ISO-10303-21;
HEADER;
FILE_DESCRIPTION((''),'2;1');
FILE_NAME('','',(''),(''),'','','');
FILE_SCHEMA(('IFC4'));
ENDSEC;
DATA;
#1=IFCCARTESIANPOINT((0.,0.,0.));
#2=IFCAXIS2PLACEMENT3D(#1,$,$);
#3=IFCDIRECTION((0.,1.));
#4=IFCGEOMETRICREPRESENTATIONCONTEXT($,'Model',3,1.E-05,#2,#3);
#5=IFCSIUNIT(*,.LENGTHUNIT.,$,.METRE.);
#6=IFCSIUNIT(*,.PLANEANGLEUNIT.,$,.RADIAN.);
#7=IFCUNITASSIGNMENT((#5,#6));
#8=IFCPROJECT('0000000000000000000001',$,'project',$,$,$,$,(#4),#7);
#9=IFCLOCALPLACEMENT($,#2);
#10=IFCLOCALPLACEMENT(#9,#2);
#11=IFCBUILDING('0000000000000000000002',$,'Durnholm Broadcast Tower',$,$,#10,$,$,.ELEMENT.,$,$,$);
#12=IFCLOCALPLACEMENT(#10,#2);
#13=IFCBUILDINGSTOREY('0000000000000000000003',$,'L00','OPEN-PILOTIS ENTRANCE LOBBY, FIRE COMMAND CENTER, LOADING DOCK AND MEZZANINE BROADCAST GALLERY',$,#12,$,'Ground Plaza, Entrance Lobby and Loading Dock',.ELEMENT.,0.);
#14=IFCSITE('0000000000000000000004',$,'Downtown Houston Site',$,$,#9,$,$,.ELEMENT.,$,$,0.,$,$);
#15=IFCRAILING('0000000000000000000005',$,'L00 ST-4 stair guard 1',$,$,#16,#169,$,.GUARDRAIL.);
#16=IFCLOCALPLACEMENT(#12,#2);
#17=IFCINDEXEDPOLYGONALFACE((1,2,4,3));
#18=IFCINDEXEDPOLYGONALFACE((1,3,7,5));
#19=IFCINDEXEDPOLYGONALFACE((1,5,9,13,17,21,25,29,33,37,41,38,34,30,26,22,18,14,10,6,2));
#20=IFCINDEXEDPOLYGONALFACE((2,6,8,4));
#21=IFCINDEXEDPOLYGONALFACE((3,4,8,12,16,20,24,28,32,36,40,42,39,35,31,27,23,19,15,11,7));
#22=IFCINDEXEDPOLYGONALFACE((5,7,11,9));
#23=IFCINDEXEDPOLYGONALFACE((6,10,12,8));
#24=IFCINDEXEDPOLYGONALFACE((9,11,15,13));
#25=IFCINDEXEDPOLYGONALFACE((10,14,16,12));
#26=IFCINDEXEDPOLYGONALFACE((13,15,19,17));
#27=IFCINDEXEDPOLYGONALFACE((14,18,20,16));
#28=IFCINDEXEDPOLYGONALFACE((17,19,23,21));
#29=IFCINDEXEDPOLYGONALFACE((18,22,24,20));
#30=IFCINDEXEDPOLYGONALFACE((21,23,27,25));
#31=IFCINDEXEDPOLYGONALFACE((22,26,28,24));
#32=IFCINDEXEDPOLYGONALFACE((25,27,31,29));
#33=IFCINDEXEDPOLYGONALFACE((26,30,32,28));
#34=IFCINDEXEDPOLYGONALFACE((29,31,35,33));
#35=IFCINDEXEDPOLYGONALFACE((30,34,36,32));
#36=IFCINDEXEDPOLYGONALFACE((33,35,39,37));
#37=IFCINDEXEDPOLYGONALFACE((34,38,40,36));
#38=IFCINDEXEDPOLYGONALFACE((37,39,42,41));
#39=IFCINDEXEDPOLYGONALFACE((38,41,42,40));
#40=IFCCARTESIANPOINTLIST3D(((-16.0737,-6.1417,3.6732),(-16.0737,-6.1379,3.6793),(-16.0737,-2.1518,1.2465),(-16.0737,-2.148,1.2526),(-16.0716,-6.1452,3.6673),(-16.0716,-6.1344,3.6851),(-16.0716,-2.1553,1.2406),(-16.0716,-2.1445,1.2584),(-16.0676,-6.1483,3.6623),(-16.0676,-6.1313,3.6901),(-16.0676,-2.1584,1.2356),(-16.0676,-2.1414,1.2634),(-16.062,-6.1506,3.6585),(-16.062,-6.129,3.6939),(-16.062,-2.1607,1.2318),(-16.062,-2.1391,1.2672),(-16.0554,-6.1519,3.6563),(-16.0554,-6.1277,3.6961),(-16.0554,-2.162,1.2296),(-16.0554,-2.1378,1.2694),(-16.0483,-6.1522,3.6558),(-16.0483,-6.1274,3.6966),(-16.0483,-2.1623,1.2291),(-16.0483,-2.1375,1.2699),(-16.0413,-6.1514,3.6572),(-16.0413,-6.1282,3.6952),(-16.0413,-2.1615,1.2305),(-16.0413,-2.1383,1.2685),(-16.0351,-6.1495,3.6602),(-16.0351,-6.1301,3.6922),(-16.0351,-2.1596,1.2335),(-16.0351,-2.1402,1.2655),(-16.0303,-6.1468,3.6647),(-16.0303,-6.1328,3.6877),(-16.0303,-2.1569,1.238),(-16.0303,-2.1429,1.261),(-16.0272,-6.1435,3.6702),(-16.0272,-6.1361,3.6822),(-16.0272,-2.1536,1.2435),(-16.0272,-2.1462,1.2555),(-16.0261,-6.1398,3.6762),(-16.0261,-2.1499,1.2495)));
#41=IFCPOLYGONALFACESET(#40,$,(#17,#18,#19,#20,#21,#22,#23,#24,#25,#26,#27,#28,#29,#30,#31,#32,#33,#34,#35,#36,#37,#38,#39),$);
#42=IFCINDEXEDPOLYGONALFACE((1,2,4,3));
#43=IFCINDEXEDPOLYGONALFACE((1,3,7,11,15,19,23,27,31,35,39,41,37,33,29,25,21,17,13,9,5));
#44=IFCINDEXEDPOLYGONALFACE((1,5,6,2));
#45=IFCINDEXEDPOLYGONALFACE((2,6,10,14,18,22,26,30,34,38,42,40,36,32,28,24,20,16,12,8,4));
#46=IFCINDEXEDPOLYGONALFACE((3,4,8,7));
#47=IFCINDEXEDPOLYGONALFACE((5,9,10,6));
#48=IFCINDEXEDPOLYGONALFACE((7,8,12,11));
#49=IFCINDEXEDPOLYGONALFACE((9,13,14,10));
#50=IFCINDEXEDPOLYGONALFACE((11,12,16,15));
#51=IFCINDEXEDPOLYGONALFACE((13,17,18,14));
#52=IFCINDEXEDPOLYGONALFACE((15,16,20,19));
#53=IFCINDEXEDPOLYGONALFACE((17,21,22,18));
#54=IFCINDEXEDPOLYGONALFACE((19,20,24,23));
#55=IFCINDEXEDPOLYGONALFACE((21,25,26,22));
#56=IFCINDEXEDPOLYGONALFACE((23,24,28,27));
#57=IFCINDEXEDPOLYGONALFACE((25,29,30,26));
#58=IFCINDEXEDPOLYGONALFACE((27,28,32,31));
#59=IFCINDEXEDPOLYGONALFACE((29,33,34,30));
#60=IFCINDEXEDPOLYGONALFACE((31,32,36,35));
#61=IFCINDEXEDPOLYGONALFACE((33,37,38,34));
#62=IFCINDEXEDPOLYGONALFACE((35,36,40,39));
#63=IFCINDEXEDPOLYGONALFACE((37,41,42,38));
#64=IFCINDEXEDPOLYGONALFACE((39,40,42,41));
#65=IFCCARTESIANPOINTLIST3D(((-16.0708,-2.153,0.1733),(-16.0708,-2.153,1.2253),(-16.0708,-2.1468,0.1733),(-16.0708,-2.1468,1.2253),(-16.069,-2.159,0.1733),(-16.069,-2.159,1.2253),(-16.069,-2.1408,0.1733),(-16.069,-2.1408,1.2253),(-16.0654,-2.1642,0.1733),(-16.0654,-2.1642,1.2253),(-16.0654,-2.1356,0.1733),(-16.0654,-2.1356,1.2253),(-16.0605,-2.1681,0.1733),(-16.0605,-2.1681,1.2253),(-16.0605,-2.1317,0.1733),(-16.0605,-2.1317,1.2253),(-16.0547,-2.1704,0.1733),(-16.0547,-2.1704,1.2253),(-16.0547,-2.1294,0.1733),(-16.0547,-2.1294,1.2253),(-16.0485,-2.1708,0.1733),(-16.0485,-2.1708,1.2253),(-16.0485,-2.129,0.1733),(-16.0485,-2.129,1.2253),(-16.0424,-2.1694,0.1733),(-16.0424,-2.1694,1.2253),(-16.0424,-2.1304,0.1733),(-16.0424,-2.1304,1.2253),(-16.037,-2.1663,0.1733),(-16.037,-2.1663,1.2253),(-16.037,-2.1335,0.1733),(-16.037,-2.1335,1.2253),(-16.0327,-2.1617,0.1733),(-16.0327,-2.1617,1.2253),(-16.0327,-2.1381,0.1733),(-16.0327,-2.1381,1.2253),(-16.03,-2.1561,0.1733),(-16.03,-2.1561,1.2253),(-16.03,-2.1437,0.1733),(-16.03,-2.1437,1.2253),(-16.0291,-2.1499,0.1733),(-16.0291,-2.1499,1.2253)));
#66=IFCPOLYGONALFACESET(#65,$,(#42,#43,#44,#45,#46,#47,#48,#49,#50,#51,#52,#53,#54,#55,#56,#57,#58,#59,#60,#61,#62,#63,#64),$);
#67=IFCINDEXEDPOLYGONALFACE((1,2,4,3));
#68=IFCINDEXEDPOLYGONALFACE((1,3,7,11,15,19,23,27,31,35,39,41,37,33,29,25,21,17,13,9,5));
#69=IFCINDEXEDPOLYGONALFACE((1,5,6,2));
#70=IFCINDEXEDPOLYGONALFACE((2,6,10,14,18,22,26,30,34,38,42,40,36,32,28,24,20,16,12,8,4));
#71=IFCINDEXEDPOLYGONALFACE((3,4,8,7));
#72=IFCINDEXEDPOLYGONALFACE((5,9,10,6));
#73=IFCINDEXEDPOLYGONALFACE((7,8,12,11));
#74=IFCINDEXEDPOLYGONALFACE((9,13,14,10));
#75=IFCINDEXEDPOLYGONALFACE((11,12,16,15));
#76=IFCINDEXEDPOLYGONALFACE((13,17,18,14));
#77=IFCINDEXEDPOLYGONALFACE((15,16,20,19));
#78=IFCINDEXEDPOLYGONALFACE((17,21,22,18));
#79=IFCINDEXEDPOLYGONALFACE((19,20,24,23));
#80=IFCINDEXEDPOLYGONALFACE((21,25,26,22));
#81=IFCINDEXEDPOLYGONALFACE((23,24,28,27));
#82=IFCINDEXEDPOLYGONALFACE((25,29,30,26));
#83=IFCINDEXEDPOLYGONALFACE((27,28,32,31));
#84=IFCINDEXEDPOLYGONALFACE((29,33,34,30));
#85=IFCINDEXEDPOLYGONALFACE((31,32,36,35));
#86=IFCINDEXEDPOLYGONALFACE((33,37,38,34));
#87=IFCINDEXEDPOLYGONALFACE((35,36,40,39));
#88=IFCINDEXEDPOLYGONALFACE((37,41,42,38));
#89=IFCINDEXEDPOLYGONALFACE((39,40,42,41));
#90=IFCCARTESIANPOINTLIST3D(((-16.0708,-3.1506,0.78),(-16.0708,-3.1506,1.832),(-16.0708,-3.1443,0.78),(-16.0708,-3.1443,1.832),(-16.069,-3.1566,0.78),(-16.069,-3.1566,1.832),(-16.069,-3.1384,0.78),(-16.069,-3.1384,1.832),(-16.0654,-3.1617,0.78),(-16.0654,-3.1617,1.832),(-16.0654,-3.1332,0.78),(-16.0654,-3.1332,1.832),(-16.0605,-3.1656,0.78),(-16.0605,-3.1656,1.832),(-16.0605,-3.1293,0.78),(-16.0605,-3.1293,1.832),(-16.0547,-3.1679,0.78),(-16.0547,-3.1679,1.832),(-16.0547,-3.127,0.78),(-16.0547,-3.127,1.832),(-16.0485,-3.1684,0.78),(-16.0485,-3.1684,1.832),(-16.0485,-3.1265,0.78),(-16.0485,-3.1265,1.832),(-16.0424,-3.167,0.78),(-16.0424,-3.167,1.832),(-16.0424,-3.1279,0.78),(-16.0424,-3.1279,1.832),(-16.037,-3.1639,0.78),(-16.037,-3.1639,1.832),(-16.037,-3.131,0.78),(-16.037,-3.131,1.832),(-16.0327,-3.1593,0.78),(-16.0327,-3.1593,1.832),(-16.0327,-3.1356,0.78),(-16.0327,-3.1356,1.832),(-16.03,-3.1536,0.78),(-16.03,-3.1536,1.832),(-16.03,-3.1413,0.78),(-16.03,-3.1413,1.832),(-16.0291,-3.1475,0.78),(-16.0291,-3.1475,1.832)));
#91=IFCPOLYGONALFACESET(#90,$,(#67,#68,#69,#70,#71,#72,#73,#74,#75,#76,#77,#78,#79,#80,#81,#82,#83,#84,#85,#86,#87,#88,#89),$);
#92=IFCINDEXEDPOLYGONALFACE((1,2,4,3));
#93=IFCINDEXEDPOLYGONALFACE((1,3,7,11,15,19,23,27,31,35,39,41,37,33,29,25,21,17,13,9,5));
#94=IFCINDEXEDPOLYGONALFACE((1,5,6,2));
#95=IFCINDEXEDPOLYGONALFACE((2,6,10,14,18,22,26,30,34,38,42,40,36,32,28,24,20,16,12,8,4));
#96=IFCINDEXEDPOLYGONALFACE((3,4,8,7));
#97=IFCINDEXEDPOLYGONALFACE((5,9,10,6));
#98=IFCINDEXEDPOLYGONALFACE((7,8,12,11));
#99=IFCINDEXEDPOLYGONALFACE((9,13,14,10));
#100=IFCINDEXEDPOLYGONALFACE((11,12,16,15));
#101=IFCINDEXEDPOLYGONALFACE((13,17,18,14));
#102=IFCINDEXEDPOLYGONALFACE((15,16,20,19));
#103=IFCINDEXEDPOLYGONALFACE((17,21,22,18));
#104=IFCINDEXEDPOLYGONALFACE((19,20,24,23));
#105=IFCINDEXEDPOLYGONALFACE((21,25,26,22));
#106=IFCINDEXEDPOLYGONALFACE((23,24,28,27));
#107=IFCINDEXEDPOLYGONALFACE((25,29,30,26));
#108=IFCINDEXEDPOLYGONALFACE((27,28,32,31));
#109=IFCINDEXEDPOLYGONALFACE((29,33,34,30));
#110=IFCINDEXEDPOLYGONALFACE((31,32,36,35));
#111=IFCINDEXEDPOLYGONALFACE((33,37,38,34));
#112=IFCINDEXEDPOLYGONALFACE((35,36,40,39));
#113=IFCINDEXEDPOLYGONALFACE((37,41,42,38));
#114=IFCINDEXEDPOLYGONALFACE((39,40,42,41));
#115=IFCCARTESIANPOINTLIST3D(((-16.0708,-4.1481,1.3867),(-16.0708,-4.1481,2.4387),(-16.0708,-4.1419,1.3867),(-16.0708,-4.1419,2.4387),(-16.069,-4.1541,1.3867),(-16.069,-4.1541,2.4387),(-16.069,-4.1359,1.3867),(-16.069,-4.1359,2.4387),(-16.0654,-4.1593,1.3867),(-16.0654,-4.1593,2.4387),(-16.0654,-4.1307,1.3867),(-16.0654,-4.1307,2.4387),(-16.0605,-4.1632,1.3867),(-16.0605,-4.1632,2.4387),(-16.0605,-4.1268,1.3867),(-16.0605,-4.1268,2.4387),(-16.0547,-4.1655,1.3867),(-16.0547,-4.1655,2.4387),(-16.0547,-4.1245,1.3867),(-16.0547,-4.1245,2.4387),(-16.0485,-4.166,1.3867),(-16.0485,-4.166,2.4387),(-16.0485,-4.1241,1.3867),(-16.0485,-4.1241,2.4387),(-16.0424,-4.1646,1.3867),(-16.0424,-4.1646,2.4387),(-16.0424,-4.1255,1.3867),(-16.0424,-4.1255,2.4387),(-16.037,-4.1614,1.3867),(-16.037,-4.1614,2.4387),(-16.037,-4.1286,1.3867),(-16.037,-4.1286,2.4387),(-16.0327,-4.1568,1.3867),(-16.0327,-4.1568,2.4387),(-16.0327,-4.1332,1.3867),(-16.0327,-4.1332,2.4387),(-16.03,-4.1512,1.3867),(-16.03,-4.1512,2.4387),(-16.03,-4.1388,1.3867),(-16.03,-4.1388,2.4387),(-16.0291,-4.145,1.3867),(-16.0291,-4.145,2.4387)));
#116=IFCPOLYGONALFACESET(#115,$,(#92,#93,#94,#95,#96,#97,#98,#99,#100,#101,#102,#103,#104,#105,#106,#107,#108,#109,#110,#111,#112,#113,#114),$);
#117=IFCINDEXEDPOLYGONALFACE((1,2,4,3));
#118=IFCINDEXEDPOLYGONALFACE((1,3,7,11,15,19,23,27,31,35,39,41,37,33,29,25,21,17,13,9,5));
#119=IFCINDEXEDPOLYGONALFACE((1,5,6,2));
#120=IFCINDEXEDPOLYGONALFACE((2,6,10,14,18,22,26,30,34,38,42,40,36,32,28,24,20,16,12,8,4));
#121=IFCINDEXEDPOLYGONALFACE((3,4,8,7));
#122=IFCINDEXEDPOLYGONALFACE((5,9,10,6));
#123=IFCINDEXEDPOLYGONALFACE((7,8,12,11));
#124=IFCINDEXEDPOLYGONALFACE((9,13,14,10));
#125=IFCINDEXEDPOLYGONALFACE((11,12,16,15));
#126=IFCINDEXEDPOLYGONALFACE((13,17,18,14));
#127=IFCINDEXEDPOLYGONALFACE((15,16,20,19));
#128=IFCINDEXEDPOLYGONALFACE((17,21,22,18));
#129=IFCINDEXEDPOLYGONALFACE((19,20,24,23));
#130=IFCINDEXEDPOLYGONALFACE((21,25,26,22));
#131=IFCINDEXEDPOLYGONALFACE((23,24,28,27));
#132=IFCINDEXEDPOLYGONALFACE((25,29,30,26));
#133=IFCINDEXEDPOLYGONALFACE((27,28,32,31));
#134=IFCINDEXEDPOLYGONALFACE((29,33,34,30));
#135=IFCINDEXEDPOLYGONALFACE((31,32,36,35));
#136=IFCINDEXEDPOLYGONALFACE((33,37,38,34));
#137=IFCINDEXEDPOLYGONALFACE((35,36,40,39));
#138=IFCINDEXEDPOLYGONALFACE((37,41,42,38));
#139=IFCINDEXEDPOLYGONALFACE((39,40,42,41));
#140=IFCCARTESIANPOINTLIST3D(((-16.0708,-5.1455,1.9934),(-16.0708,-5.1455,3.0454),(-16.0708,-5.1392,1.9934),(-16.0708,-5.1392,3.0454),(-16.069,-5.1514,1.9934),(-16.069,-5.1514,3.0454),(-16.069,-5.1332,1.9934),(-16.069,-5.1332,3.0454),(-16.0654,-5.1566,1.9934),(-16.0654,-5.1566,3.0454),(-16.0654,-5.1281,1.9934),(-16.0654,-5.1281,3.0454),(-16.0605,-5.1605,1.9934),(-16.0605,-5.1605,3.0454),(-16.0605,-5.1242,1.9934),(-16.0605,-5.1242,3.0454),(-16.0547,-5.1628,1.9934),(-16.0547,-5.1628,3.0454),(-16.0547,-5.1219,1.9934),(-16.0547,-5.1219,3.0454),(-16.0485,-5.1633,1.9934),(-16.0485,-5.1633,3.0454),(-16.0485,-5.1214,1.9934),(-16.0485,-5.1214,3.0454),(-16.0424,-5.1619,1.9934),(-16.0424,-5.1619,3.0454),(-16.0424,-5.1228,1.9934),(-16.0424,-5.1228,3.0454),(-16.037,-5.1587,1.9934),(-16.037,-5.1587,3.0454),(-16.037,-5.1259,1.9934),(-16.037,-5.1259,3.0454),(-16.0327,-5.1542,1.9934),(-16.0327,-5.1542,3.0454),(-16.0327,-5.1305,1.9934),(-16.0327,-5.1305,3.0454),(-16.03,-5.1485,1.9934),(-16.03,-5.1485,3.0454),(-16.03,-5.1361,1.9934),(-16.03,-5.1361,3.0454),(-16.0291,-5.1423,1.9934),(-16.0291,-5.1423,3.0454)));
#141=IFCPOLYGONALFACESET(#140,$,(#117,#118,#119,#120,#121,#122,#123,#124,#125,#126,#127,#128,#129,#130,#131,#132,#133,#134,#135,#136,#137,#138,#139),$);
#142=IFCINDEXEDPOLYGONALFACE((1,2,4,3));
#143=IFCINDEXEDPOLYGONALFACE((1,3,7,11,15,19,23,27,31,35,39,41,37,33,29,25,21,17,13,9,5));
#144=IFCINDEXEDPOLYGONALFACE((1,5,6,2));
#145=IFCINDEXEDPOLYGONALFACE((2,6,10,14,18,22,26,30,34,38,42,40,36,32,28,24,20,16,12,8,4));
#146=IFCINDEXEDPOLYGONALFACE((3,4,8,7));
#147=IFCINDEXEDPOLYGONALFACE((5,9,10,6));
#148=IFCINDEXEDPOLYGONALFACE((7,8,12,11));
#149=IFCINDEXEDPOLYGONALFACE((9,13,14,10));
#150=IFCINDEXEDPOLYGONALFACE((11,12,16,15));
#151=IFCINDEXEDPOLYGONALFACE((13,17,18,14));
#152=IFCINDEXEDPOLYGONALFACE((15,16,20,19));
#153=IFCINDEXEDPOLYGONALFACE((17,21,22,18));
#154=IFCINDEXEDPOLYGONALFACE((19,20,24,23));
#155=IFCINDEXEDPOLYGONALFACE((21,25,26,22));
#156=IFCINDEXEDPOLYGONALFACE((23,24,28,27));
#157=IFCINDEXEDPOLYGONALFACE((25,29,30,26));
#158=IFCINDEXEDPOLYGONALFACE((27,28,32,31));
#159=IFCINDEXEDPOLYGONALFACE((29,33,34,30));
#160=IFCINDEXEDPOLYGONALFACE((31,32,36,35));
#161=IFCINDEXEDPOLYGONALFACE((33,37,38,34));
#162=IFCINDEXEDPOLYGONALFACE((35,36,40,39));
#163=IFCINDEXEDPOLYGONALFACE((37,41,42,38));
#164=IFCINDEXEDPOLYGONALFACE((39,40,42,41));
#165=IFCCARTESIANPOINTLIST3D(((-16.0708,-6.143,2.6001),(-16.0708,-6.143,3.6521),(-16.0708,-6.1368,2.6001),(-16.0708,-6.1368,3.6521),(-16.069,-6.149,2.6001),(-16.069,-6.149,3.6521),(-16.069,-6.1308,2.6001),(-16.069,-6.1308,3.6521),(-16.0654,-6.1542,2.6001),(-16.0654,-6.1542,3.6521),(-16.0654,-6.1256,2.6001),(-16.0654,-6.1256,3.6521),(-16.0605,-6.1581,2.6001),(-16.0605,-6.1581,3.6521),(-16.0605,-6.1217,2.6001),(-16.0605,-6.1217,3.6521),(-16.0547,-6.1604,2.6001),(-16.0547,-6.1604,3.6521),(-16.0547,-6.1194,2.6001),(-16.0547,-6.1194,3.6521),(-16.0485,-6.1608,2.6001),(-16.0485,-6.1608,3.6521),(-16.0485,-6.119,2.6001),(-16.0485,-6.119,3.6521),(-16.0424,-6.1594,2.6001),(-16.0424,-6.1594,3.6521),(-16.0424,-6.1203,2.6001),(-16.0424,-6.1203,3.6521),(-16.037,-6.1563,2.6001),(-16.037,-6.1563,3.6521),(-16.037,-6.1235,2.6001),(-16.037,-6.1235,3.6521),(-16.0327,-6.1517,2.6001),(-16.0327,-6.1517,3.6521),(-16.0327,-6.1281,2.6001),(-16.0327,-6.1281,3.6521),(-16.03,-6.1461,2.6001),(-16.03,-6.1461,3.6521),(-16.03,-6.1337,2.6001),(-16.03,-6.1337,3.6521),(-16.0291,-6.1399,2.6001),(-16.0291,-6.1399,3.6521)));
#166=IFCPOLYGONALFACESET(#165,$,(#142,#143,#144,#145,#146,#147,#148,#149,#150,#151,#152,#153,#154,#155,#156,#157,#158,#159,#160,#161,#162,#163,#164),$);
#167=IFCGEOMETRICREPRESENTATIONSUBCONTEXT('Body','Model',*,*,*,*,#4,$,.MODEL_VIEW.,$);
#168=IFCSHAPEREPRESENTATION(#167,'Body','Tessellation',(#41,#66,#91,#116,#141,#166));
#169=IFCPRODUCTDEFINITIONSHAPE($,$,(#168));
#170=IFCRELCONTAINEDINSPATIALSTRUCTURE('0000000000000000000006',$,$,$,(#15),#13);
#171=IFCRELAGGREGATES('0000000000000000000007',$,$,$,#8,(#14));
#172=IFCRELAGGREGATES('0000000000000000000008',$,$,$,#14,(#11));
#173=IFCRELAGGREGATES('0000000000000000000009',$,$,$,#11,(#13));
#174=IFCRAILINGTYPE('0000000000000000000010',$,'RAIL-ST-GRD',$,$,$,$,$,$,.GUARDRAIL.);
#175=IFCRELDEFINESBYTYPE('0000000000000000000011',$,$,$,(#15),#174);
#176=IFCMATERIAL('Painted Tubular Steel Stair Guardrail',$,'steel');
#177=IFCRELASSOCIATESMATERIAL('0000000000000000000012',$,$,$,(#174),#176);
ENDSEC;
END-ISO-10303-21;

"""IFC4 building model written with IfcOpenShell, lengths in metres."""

from ifc_helpers import new_model, si_unit, direction, frame, origin, origin_2d, place, context, subcontext, project, spatial, circle, extrude, material, type_object, element, save


model = new_model("IFC4")

# Units and contexts
model_context = context("Model", 3, precision=1e-05, world=origin(), true_north=direction((0.0, 1.0)))
body_context = subcontext(model_context, "Body", "Model", "MODEL_VIEW")
ifc_project = project(units=[si_unit("LENGTHUNIT", "METRE"), si_unit("PLANEANGLEUNIT", "RADIAN")], contexts=[model_context])

# Site, building, storey
site_placement = place(None, origin())
site = spatial("IfcSite", under=ifc_project, at=site_placement, Name="Downtown Houston Site", CompositionType="ELEMENT", RefElevation=0.0)
building_placement = place(site_placement, origin())
building = spatial("IfcBuilding", under=site, at=building_placement, Name="Durnholm Broadcast Tower", CompositionType="ELEMENT")
storey_placement = place(building_placement, origin())
storey = spatial("IfcBuildingStorey", under=building, at=storey_placement, Name="L00", Description="OPEN-PILOTIS ENTRANCE LOBBY, FIRE COMMAND CENTER, LOADING DOCK AND MEZZANINE BROADCAST GALLERY", LongName="Ground Plaza, Entrance Lobby and Loading Dock", CompositionType="ELEMENT", Elevation=0.0)

# Railing
ifc_material_1 = material(Name="Painted Tubular Steel Stair Guardrail", Category="steel")
railing_type_1 = type_object("IfcRailingType", Name="RAIL-ST-GRD", PredefinedType="GUARDRAIL", material=ifc_material_1)
railing_1_placement = place(storey_placement, frame((-16.05, -2.1499, 0.1733)))
element("IfcRailing", 1, at=railing_1_placement, inside=storey, type_object=railing_type_1, Name="L00 ST-4 stair guard 1", PredefinedType="GUARDRAIL", context=body_context, shape_type="SweptSolid", body=[
    extrude(circle(Radius=0.0239, at=origin_2d()), frame((0.0, 0.0, 1.0762), z_axis=(0.0, -0.854382, 0.519645), x_axis=(1.0, 0.0, 0.0)), (0.0, 0.0, 1.0), 4.6699),
    extrude(circle(Radius=0.021, at=origin_2d()), origin(), (0.0, 0.0, 1.0), 1.052),
    extrude(circle(Radius=0.021, at=origin_2d()), frame((0.0, -0.9976, 0.6067)), (0.0, 0.0, 1.0), 1.052),
    extrude(circle(Radius=0.021, at=origin_2d()), frame((0.0, -1.9951, 1.2134)), (0.0, 0.0, 1.0), 1.052),
    extrude(circle(Radius=0.021, at=origin_2d()), frame((0.0, -2.9924, 1.8201)), (0.0, 0.0, 1.0), 1.052),
    extrude(circle(Radius=0.021, at=origin_2d()), frame((0.0, -3.99, 2.4268)), (0.0, 0.0, 1.0), 1.052),
])

save(model, "model.ifc")
